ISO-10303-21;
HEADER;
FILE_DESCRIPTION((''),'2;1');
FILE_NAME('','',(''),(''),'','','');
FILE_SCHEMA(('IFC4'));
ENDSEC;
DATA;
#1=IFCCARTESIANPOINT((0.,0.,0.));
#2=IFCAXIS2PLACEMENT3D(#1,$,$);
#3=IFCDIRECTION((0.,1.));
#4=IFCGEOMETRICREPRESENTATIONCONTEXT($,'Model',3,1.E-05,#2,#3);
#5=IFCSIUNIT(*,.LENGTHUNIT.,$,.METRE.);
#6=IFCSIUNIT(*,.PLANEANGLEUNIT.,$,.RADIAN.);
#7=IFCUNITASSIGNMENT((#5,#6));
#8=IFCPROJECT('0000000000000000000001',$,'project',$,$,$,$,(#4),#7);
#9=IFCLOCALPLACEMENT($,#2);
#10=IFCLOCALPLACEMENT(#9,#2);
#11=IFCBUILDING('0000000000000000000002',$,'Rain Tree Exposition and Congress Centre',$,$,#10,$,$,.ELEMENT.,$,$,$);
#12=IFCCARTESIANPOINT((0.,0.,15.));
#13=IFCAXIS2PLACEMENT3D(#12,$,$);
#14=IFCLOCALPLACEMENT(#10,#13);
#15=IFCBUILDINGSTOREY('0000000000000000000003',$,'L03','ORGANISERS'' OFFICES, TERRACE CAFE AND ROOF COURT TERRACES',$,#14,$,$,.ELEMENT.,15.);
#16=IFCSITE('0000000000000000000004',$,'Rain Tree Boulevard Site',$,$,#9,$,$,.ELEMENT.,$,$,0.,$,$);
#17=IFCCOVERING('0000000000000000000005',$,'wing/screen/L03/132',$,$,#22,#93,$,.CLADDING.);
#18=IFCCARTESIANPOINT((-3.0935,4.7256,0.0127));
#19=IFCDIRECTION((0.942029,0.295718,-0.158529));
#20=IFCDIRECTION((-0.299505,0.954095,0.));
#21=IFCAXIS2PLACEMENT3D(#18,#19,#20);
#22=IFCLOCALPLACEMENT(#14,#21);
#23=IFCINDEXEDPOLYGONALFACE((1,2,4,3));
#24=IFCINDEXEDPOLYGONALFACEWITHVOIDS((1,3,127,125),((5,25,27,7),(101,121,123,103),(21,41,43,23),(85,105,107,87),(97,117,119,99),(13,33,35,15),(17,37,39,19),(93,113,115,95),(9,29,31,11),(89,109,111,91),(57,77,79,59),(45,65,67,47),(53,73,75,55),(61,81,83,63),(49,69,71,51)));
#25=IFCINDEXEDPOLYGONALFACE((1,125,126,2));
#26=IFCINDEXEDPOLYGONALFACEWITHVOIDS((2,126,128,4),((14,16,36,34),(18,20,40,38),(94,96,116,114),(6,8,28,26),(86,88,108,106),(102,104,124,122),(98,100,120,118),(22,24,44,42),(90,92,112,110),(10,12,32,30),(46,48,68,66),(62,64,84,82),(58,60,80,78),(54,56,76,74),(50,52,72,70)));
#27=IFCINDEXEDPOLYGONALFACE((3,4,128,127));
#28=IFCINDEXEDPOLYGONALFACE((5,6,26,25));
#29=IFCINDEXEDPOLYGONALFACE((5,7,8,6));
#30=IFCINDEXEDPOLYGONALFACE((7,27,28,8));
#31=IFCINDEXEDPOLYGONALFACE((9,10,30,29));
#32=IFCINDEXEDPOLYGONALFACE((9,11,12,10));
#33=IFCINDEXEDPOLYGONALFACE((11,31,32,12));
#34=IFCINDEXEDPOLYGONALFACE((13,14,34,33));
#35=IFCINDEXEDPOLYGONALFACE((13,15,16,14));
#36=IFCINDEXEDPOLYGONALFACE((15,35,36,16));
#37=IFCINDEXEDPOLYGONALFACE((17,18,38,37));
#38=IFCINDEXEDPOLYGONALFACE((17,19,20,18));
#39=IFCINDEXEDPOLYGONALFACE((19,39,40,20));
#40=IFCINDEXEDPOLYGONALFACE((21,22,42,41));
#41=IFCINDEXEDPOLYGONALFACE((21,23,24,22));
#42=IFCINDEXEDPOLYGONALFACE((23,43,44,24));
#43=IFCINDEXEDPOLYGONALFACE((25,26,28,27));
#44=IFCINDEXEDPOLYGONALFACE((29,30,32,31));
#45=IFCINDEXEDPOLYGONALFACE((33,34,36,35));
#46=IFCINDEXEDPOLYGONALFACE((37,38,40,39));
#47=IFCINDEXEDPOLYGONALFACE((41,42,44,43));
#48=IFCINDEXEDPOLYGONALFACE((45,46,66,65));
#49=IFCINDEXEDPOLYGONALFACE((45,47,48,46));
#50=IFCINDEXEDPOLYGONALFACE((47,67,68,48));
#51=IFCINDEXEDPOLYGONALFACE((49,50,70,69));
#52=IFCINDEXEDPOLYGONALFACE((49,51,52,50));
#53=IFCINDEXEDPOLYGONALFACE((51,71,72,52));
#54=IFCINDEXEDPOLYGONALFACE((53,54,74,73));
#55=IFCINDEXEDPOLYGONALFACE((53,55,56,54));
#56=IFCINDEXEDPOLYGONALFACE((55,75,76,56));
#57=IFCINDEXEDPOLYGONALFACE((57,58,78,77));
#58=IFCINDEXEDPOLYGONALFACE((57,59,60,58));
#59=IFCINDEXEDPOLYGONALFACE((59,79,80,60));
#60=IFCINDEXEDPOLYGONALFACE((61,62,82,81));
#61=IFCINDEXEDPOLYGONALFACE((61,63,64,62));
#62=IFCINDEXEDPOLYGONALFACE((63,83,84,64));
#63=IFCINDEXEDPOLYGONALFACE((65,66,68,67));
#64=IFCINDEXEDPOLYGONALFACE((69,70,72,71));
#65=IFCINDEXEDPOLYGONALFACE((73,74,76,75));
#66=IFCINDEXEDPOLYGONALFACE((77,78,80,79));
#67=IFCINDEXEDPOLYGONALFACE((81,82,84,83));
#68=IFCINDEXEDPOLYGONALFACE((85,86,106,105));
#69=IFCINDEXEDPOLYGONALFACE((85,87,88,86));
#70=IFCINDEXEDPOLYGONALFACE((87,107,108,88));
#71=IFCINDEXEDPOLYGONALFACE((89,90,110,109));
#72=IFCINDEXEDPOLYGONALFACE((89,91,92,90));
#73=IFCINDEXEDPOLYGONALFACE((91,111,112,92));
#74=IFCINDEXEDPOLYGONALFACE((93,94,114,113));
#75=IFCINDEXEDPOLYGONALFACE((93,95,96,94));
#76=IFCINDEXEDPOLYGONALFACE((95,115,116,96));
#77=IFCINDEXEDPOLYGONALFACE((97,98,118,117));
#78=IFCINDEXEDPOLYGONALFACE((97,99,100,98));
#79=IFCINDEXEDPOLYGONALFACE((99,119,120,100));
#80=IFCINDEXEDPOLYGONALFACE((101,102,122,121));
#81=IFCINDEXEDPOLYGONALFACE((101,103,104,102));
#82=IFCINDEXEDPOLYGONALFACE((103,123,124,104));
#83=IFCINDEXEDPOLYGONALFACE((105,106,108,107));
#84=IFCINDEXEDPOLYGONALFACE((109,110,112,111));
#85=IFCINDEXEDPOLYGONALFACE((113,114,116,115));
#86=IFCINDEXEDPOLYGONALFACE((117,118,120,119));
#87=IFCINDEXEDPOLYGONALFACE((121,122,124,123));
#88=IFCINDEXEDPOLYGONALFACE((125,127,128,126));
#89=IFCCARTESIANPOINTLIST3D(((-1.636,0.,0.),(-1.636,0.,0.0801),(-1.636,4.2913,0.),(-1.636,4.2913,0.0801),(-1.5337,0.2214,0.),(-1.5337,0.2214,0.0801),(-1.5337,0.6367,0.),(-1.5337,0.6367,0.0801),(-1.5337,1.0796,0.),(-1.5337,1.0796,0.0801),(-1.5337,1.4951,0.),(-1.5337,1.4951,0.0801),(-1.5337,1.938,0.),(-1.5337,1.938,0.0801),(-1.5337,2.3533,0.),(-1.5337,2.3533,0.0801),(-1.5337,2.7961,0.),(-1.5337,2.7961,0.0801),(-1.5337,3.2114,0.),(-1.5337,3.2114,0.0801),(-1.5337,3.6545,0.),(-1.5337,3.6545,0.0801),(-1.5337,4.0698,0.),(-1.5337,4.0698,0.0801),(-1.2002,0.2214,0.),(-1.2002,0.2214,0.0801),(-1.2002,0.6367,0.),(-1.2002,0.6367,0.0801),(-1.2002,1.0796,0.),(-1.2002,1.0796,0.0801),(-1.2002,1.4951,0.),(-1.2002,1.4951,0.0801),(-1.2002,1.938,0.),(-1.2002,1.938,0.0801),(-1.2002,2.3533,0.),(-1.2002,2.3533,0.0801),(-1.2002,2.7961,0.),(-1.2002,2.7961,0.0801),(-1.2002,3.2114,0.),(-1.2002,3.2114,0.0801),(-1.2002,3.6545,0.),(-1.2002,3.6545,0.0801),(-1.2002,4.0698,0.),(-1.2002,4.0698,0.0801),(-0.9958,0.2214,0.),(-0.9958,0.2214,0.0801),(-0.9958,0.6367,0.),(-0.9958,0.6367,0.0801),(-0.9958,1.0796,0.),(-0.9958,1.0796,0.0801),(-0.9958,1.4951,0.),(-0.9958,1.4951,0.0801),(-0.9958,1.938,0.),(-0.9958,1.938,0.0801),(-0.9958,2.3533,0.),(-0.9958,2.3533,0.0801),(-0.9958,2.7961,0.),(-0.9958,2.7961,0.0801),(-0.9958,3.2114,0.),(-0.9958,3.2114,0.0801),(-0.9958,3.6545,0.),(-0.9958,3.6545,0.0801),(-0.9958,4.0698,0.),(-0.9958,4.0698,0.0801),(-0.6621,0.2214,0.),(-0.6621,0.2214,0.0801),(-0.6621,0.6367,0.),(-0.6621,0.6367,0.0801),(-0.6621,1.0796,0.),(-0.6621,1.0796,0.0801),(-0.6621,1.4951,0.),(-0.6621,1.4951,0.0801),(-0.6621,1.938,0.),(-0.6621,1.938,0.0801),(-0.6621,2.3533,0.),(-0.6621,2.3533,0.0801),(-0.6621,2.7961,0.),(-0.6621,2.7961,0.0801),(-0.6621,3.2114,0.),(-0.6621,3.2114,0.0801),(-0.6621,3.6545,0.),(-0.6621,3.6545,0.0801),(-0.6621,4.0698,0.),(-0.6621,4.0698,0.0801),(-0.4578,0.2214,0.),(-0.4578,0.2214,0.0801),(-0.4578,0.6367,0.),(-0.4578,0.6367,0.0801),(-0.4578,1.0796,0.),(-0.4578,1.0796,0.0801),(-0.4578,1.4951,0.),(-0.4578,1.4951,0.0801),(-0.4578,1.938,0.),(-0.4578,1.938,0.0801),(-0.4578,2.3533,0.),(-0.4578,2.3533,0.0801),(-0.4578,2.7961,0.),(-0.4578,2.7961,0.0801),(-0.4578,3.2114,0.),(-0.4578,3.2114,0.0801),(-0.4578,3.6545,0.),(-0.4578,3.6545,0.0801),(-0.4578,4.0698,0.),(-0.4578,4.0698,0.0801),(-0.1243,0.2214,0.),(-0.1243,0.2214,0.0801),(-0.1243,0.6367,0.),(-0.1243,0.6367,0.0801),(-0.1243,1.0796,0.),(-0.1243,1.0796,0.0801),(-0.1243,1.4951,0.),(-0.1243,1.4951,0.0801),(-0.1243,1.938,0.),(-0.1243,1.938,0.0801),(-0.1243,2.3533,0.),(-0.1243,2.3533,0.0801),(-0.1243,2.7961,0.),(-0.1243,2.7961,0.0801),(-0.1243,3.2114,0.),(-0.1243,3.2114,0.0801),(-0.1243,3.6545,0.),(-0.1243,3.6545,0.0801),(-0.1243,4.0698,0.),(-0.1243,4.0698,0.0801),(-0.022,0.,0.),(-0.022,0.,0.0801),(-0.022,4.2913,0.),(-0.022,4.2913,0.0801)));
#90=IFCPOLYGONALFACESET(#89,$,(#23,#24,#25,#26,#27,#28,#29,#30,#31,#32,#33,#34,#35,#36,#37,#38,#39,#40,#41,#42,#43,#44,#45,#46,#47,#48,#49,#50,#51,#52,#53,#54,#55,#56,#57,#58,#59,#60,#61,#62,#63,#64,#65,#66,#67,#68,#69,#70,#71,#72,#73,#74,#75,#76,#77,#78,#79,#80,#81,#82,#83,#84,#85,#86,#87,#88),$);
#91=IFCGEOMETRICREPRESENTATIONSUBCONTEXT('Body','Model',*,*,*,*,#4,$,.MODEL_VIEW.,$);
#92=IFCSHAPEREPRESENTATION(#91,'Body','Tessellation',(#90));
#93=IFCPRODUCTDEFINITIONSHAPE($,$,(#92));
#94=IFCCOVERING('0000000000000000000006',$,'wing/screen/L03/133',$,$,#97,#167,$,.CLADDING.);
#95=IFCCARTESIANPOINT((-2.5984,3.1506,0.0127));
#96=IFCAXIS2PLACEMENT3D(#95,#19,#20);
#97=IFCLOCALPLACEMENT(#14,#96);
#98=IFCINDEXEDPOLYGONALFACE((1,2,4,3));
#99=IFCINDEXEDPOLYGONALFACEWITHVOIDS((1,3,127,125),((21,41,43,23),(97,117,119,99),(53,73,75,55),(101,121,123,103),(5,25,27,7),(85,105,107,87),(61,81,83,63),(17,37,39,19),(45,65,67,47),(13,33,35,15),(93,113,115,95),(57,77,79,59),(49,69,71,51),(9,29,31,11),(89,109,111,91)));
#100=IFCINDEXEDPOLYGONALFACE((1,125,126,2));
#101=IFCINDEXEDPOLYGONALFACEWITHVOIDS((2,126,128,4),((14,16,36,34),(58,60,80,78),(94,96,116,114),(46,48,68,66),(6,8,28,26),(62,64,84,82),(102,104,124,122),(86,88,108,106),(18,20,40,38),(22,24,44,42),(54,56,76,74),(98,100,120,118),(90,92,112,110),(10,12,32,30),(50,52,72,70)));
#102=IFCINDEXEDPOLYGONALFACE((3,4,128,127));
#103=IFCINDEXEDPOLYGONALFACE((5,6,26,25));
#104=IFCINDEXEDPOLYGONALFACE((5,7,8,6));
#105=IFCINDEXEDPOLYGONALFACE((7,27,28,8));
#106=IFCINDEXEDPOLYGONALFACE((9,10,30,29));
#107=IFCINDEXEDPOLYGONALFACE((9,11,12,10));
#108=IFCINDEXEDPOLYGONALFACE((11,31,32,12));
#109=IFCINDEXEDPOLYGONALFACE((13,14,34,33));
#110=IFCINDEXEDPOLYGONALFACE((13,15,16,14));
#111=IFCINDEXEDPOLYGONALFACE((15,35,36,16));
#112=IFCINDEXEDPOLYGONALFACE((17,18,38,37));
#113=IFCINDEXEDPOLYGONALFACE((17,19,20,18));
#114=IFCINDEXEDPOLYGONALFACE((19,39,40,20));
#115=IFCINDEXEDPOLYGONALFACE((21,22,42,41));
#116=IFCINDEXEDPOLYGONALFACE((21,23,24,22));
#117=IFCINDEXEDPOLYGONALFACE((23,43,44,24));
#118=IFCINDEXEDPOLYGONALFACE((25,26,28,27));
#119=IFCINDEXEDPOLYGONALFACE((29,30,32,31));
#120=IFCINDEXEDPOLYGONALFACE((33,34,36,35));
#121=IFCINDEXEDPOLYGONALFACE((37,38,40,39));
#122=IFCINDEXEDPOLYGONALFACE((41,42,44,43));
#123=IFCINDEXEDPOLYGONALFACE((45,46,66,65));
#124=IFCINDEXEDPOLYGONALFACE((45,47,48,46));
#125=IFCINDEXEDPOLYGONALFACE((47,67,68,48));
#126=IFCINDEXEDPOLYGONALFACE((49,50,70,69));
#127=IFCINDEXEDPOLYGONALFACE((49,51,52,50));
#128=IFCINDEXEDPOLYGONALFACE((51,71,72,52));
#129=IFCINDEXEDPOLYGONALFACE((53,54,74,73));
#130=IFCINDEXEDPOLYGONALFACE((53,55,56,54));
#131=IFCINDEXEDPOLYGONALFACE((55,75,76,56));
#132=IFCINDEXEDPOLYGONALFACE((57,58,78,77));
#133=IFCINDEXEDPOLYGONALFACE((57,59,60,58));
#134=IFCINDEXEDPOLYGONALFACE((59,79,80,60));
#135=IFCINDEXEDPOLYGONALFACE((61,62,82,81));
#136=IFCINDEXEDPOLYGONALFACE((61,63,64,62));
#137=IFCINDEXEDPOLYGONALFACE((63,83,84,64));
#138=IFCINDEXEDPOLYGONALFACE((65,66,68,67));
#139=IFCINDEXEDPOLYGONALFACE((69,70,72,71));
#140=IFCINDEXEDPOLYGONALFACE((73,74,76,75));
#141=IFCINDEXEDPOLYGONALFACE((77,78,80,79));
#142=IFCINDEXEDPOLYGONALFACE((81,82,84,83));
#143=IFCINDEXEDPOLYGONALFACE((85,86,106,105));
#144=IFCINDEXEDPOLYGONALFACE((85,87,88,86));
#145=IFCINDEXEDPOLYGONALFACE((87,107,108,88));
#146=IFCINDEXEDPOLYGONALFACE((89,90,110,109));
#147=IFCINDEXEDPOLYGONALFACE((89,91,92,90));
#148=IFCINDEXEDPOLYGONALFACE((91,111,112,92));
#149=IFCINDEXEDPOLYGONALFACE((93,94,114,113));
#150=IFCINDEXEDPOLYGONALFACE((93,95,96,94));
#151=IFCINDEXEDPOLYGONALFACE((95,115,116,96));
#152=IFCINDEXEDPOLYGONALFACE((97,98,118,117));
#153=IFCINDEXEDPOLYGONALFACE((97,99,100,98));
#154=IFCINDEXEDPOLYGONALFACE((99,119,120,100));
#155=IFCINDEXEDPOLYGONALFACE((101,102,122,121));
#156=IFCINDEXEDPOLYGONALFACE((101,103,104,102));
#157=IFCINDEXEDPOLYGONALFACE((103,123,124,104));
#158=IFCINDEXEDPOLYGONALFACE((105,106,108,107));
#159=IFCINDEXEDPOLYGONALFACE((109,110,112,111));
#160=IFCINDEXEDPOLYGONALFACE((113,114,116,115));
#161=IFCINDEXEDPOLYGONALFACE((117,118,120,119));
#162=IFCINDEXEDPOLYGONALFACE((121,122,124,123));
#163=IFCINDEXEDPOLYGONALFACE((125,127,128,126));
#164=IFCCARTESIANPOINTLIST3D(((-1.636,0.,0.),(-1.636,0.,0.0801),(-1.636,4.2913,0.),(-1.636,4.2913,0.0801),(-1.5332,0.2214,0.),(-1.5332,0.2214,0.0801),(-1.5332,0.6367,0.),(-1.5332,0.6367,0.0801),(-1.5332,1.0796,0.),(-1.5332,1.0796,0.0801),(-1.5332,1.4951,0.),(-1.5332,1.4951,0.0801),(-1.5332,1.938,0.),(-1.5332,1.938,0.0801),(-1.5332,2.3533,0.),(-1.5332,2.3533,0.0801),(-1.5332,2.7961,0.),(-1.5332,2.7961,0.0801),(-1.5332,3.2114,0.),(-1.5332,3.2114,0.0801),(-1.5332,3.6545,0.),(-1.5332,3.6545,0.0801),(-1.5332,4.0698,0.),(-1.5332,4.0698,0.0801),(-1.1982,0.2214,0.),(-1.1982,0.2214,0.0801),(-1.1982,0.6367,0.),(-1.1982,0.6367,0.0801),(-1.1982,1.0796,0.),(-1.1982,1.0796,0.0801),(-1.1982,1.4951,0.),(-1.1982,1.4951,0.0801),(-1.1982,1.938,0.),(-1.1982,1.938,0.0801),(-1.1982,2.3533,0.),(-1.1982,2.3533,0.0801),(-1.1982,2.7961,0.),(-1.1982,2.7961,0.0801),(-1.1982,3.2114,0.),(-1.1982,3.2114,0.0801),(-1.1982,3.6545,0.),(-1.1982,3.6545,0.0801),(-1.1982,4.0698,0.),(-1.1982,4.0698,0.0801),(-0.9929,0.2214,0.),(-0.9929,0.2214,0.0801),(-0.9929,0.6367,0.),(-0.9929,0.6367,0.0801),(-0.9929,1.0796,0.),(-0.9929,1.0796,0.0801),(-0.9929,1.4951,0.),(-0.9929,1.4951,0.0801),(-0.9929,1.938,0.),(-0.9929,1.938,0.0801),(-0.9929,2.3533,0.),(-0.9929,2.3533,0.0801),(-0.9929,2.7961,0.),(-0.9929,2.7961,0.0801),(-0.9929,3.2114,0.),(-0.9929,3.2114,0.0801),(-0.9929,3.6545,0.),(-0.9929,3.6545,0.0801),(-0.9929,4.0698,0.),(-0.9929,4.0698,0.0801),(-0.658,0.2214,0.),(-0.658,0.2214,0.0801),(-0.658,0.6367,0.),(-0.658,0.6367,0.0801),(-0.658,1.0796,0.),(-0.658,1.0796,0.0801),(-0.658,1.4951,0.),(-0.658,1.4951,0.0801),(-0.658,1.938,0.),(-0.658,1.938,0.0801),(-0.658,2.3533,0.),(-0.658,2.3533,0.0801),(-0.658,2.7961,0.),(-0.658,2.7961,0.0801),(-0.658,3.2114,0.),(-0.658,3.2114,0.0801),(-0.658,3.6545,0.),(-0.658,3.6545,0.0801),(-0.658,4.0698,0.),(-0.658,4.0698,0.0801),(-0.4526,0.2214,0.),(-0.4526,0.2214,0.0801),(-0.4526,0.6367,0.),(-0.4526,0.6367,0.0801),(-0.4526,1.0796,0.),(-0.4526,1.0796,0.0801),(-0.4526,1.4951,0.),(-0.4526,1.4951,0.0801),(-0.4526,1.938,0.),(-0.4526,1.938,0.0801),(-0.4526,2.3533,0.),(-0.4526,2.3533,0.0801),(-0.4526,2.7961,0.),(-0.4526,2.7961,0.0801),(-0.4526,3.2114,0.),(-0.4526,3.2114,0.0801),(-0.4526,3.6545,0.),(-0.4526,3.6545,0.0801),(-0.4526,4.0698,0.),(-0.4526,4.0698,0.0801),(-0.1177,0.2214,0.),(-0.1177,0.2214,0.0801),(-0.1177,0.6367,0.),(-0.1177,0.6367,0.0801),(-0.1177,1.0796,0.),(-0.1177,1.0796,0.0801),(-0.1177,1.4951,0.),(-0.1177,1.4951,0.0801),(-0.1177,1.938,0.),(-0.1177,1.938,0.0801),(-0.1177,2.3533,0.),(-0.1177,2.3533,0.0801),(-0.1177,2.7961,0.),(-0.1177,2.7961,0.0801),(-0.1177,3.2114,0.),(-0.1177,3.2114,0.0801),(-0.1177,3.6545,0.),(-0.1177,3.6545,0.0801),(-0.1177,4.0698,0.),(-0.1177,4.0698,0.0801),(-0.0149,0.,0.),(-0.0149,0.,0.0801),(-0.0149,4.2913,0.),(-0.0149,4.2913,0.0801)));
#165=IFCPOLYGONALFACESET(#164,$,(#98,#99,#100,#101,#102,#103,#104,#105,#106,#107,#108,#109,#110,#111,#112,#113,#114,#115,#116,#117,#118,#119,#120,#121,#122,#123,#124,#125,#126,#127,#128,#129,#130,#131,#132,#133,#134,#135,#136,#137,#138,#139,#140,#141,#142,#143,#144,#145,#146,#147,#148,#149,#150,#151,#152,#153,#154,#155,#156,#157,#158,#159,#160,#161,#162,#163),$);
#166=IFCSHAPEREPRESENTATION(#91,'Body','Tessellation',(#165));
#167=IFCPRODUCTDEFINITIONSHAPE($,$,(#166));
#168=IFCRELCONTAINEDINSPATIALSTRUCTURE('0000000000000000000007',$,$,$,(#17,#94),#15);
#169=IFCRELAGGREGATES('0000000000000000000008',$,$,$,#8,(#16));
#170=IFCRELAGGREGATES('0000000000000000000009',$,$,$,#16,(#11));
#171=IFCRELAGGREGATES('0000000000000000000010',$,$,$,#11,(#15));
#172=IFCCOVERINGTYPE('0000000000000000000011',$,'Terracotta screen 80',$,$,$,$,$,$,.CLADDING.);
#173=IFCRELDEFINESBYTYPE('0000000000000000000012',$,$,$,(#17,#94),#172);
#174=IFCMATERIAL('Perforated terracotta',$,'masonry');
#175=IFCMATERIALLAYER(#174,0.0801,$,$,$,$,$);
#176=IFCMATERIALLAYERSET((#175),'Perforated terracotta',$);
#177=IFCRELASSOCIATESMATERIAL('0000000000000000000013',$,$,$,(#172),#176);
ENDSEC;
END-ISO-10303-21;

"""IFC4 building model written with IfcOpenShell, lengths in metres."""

from ifc_helpers import new_model, si_unit, direction, frame, origin, place, context, subcontext, project, spatial, polyline, outline, extrude, material, layer, layer_set, type_object, element, save


model = new_model("IFC4")

# Units and contexts
model_context = context("Model", 3, precision=1e-05, world=origin(), true_north=direction((0.0, 1.0)))
body_context = subcontext(model_context, "Body", "Model", "MODEL_VIEW")
ifc_project = project(units=[si_unit("LENGTHUNIT", "METRE"), si_unit("PLANEANGLEUNIT", "RADIAN")], contexts=[model_context])

# Site, building, storey
site_placement = place(None, origin())
site = spatial("IfcSite", under=ifc_project, at=site_placement, Name="Rain Tree Boulevard Site", CompositionType="ELEMENT", RefElevation=0.0)
building_placement = place(site_placement, origin())
building = spatial("IfcBuilding", under=site, at=building_placement, Name="Rain Tree Exposition and Congress Centre", CompositionType="ELEMENT")
storey_placement = place(building_placement, frame((0.0, 0.0, 15.0)))
storey = spatial("IfcBuildingStorey", under=building, at=storey_placement, Name="L03", Description="ORGANISERS' OFFICES, TERRACE CAFE AND ROOF COURT TERRACES", CompositionType="ELEMENT", Elevation=15.0)

# Coverings
ifc_material_1 = material(Name="Perforated terracotta", Category="masonry")
ifc_layer_1 = layer(ifc_material_1, 0.0801)
ifc_layer_set_1 = layer_set([ifc_layer_1], Name="Perforated terracotta")
covering_type_1 = type_object("IfcCoveringType", Name="Terracotta screen 80", PredefinedType="CLADDING", material=ifc_layer_set_1)
covering_1_placement = place(storey_placement, frame((-3.0935, 4.7256, 0.0127), z_axis=(0.942029, 0.295718, -0.158529), x_axis=(-0.299505, 0.954095, 0.0)))
element("IfcCovering", 1, at=covering_1_placement, inside=storey, type_object=covering_type_1, Name="wing/screen/L03/132", PredefinedType="CLADDING", context=body_context, shape_type="SweptSolid", body=[
    extrude(outline(polyline([(-1.636, 0.0), (-1.636, 4.2913), (-0.022, 4.2913), (-0.022, 0.0), (-1.636, 0.0)]), holes=[polyline([(-0.1243, 0.2214), (-0.1243, 0.6367), (-0.4578, 0.6367), (-0.4578, 0.2214), (-0.1243, 0.2214)]), polyline([(-0.1243, 1.0796), (-0.1243, 1.4951), (-0.4578, 1.4951), (-0.4578, 1.0796), (-0.1243, 1.0796)]), polyline([(-0.1243, 1.938), (-0.1243, 2.3533), (-0.4578, 2.3533), (-0.4578, 1.938), (-0.1243, 1.938)]), polyline([(-0.1243, 2.7961), (-0.1243, 3.2114), (-0.4578, 3.2114), (-0.4578, 2.7961), (-0.1243, 2.7961)]), polyline([(-0.1243, 3.6545), (-0.1243, 4.0698), (-0.4578, 4.0698), (-0.4578, 3.6545), (-0.1243, 3.6545)]), polyline([(-0.6621, 0.2214), (-0.6621, 0.6367), (-0.9958, 0.6367), (-0.9958, 0.2214), (-0.6621, 0.2214)]), polyline([(-0.6621, 1.0796), (-0.6621, 1.4951), (-0.9958, 1.4951), (-0.9958, 1.0796), (-0.6621, 1.0796)]), polyline([(-0.6621, 1.938), (-0.6621, 2.3533), (-0.9958, 2.3533), (-0.9958, 1.938), (-0.6621, 1.938)]), polyline([(-0.6621, 2.7961), (-0.6621, 3.2114), (-0.9958, 3.2114), (-0.9958, 2.7961), (-0.6621, 2.7961)]), polyline([(-0.6621, 3.6545), (-0.6621, 4.0698), (-0.9958, 4.0698), (-0.9958, 3.6545), (-0.6621, 3.6545)]), polyline([(-1.2002, 0.2214), (-1.2002, 0.6367), (-1.5337, 0.6367), (-1.5337, 0.2214), (-1.2002, 0.2214)]), polyline([(-1.2002, 1.0796), (-1.2002, 1.4951), (-1.5337, 1.4951), (-1.5337, 1.0796), (-1.2002, 1.0796)]), polyline([(-1.2002, 1.938), (-1.2002, 2.3533), (-1.5337, 2.3533), (-1.5337, 1.938), (-1.2002, 1.938)]), polyline([(-1.2002, 2.7961), (-1.2002, 3.2114), (-1.5337, 3.2114), (-1.5337, 2.7961), (-1.2002, 2.7961)]), polyline([(-1.2002, 3.6545), (-1.2002, 4.0698), (-1.5337, 4.0698), (-1.5337, 3.6545), (-1.2002, 3.6545)])]), origin(), (0.0, 0.0, 1.0), 0.0801),
])
covering_2_placement = place(storey_placement, frame((-2.5984, 3.1506, 0.0127), z_axis=(0.942029, 0.295718, -0.158529), x_axis=(-0.299505, 0.954095, 0.0)))
element("IfcCovering", 2, at=covering_2_placement, inside=storey, type_object=covering_type_1, Name="wing/screen/L03/133", PredefinedType="CLADDING", context=body_context, shape_type="SweptSolid", body=[
    extrude(outline(polyline([(-1.636, 0.0), (-1.636, 4.2913), (-0.0149, 4.2913), (-0.0149, 0.0), (-1.636, 0.0)]), holes=[polyline([(-0.1177, 0.2214), (-0.1177, 0.6367), (-0.4526, 0.6367), (-0.4526, 0.2214), (-0.1177, 0.2214)]), polyline([(-0.1177, 1.0796), (-0.1177, 1.4951), (-0.4526, 1.4951), (-0.4526, 1.0796), (-0.1177, 1.0796)]), polyline([(-0.1177, 1.938), (-0.1177, 2.3533), (-0.4526, 2.3533), (-0.4526, 1.938), (-0.1177, 1.938)]), polyline([(-0.1177, 2.7961), (-0.1177, 3.2114), (-0.4526, 3.2114), (-0.4526, 2.7961), (-0.1177, 2.7961)]), polyline([(-0.1177, 3.6545), (-0.1177, 4.0698), (-0.4526, 4.0698), (-0.4526, 3.6545), (-0.1177, 3.6545)]), polyline([(-0.658, 0.2214), (-0.658, 0.6367), (-0.9929, 0.6367), (-0.9929, 0.2214), (-0.658, 0.2214)]), polyline([(-0.658, 1.0796), (-0.658, 1.4951), (-0.9929, 1.4951), (-0.9929, 1.0796), (-0.658, 1.0796)]), polyline([(-0.658, 1.938), (-0.658, 2.3533), (-0.9929, 2.3533), (-0.9929, 1.938), (-0.658, 1.938)]), polyline([(-0.658, 2.7961), (-0.658, 3.2114), (-0.9929, 3.2114), (-0.9929, 2.7961), (-0.658, 2.7961)]), polyline([(-0.658, 3.6545), (-0.658, 4.0698), (-0.9929, 4.0698), (-0.9929, 3.6545), (-0.658, 3.6545)]), polyline([(-1.1982, 0.2214), (-1.1982, 0.6367), (-1.5332, 0.6367), (-1.5332, 0.2214), (-1.1982, 0.2214)]), polyline([(-1.1982, 1.0796), (-1.1982, 1.4951), (-1.5332, 1.4951), (-1.5332, 1.0796), (-1.1982, 1.0796)]), polyline([(-1.1982, 1.938), (-1.1982, 2.3533), (-1.5332, 2.3533), (-1.5332, 1.938), (-1.1982, 1.938)]), polyline([(-1.1982, 2.7961), (-1.1982, 3.2114), (-1.5332, 3.2114), (-1.5332, 2.7961), (-1.1982, 2.7961)]), polyline([(-1.1982, 3.6545), (-1.1982, 4.0698), (-1.5332, 4.0698), (-1.5332, 3.6545), (-1.1982, 3.6545)])]), origin(), (0.0, 0.0, 1.0), 0.0801),
])

save(model, "model.ifc")
